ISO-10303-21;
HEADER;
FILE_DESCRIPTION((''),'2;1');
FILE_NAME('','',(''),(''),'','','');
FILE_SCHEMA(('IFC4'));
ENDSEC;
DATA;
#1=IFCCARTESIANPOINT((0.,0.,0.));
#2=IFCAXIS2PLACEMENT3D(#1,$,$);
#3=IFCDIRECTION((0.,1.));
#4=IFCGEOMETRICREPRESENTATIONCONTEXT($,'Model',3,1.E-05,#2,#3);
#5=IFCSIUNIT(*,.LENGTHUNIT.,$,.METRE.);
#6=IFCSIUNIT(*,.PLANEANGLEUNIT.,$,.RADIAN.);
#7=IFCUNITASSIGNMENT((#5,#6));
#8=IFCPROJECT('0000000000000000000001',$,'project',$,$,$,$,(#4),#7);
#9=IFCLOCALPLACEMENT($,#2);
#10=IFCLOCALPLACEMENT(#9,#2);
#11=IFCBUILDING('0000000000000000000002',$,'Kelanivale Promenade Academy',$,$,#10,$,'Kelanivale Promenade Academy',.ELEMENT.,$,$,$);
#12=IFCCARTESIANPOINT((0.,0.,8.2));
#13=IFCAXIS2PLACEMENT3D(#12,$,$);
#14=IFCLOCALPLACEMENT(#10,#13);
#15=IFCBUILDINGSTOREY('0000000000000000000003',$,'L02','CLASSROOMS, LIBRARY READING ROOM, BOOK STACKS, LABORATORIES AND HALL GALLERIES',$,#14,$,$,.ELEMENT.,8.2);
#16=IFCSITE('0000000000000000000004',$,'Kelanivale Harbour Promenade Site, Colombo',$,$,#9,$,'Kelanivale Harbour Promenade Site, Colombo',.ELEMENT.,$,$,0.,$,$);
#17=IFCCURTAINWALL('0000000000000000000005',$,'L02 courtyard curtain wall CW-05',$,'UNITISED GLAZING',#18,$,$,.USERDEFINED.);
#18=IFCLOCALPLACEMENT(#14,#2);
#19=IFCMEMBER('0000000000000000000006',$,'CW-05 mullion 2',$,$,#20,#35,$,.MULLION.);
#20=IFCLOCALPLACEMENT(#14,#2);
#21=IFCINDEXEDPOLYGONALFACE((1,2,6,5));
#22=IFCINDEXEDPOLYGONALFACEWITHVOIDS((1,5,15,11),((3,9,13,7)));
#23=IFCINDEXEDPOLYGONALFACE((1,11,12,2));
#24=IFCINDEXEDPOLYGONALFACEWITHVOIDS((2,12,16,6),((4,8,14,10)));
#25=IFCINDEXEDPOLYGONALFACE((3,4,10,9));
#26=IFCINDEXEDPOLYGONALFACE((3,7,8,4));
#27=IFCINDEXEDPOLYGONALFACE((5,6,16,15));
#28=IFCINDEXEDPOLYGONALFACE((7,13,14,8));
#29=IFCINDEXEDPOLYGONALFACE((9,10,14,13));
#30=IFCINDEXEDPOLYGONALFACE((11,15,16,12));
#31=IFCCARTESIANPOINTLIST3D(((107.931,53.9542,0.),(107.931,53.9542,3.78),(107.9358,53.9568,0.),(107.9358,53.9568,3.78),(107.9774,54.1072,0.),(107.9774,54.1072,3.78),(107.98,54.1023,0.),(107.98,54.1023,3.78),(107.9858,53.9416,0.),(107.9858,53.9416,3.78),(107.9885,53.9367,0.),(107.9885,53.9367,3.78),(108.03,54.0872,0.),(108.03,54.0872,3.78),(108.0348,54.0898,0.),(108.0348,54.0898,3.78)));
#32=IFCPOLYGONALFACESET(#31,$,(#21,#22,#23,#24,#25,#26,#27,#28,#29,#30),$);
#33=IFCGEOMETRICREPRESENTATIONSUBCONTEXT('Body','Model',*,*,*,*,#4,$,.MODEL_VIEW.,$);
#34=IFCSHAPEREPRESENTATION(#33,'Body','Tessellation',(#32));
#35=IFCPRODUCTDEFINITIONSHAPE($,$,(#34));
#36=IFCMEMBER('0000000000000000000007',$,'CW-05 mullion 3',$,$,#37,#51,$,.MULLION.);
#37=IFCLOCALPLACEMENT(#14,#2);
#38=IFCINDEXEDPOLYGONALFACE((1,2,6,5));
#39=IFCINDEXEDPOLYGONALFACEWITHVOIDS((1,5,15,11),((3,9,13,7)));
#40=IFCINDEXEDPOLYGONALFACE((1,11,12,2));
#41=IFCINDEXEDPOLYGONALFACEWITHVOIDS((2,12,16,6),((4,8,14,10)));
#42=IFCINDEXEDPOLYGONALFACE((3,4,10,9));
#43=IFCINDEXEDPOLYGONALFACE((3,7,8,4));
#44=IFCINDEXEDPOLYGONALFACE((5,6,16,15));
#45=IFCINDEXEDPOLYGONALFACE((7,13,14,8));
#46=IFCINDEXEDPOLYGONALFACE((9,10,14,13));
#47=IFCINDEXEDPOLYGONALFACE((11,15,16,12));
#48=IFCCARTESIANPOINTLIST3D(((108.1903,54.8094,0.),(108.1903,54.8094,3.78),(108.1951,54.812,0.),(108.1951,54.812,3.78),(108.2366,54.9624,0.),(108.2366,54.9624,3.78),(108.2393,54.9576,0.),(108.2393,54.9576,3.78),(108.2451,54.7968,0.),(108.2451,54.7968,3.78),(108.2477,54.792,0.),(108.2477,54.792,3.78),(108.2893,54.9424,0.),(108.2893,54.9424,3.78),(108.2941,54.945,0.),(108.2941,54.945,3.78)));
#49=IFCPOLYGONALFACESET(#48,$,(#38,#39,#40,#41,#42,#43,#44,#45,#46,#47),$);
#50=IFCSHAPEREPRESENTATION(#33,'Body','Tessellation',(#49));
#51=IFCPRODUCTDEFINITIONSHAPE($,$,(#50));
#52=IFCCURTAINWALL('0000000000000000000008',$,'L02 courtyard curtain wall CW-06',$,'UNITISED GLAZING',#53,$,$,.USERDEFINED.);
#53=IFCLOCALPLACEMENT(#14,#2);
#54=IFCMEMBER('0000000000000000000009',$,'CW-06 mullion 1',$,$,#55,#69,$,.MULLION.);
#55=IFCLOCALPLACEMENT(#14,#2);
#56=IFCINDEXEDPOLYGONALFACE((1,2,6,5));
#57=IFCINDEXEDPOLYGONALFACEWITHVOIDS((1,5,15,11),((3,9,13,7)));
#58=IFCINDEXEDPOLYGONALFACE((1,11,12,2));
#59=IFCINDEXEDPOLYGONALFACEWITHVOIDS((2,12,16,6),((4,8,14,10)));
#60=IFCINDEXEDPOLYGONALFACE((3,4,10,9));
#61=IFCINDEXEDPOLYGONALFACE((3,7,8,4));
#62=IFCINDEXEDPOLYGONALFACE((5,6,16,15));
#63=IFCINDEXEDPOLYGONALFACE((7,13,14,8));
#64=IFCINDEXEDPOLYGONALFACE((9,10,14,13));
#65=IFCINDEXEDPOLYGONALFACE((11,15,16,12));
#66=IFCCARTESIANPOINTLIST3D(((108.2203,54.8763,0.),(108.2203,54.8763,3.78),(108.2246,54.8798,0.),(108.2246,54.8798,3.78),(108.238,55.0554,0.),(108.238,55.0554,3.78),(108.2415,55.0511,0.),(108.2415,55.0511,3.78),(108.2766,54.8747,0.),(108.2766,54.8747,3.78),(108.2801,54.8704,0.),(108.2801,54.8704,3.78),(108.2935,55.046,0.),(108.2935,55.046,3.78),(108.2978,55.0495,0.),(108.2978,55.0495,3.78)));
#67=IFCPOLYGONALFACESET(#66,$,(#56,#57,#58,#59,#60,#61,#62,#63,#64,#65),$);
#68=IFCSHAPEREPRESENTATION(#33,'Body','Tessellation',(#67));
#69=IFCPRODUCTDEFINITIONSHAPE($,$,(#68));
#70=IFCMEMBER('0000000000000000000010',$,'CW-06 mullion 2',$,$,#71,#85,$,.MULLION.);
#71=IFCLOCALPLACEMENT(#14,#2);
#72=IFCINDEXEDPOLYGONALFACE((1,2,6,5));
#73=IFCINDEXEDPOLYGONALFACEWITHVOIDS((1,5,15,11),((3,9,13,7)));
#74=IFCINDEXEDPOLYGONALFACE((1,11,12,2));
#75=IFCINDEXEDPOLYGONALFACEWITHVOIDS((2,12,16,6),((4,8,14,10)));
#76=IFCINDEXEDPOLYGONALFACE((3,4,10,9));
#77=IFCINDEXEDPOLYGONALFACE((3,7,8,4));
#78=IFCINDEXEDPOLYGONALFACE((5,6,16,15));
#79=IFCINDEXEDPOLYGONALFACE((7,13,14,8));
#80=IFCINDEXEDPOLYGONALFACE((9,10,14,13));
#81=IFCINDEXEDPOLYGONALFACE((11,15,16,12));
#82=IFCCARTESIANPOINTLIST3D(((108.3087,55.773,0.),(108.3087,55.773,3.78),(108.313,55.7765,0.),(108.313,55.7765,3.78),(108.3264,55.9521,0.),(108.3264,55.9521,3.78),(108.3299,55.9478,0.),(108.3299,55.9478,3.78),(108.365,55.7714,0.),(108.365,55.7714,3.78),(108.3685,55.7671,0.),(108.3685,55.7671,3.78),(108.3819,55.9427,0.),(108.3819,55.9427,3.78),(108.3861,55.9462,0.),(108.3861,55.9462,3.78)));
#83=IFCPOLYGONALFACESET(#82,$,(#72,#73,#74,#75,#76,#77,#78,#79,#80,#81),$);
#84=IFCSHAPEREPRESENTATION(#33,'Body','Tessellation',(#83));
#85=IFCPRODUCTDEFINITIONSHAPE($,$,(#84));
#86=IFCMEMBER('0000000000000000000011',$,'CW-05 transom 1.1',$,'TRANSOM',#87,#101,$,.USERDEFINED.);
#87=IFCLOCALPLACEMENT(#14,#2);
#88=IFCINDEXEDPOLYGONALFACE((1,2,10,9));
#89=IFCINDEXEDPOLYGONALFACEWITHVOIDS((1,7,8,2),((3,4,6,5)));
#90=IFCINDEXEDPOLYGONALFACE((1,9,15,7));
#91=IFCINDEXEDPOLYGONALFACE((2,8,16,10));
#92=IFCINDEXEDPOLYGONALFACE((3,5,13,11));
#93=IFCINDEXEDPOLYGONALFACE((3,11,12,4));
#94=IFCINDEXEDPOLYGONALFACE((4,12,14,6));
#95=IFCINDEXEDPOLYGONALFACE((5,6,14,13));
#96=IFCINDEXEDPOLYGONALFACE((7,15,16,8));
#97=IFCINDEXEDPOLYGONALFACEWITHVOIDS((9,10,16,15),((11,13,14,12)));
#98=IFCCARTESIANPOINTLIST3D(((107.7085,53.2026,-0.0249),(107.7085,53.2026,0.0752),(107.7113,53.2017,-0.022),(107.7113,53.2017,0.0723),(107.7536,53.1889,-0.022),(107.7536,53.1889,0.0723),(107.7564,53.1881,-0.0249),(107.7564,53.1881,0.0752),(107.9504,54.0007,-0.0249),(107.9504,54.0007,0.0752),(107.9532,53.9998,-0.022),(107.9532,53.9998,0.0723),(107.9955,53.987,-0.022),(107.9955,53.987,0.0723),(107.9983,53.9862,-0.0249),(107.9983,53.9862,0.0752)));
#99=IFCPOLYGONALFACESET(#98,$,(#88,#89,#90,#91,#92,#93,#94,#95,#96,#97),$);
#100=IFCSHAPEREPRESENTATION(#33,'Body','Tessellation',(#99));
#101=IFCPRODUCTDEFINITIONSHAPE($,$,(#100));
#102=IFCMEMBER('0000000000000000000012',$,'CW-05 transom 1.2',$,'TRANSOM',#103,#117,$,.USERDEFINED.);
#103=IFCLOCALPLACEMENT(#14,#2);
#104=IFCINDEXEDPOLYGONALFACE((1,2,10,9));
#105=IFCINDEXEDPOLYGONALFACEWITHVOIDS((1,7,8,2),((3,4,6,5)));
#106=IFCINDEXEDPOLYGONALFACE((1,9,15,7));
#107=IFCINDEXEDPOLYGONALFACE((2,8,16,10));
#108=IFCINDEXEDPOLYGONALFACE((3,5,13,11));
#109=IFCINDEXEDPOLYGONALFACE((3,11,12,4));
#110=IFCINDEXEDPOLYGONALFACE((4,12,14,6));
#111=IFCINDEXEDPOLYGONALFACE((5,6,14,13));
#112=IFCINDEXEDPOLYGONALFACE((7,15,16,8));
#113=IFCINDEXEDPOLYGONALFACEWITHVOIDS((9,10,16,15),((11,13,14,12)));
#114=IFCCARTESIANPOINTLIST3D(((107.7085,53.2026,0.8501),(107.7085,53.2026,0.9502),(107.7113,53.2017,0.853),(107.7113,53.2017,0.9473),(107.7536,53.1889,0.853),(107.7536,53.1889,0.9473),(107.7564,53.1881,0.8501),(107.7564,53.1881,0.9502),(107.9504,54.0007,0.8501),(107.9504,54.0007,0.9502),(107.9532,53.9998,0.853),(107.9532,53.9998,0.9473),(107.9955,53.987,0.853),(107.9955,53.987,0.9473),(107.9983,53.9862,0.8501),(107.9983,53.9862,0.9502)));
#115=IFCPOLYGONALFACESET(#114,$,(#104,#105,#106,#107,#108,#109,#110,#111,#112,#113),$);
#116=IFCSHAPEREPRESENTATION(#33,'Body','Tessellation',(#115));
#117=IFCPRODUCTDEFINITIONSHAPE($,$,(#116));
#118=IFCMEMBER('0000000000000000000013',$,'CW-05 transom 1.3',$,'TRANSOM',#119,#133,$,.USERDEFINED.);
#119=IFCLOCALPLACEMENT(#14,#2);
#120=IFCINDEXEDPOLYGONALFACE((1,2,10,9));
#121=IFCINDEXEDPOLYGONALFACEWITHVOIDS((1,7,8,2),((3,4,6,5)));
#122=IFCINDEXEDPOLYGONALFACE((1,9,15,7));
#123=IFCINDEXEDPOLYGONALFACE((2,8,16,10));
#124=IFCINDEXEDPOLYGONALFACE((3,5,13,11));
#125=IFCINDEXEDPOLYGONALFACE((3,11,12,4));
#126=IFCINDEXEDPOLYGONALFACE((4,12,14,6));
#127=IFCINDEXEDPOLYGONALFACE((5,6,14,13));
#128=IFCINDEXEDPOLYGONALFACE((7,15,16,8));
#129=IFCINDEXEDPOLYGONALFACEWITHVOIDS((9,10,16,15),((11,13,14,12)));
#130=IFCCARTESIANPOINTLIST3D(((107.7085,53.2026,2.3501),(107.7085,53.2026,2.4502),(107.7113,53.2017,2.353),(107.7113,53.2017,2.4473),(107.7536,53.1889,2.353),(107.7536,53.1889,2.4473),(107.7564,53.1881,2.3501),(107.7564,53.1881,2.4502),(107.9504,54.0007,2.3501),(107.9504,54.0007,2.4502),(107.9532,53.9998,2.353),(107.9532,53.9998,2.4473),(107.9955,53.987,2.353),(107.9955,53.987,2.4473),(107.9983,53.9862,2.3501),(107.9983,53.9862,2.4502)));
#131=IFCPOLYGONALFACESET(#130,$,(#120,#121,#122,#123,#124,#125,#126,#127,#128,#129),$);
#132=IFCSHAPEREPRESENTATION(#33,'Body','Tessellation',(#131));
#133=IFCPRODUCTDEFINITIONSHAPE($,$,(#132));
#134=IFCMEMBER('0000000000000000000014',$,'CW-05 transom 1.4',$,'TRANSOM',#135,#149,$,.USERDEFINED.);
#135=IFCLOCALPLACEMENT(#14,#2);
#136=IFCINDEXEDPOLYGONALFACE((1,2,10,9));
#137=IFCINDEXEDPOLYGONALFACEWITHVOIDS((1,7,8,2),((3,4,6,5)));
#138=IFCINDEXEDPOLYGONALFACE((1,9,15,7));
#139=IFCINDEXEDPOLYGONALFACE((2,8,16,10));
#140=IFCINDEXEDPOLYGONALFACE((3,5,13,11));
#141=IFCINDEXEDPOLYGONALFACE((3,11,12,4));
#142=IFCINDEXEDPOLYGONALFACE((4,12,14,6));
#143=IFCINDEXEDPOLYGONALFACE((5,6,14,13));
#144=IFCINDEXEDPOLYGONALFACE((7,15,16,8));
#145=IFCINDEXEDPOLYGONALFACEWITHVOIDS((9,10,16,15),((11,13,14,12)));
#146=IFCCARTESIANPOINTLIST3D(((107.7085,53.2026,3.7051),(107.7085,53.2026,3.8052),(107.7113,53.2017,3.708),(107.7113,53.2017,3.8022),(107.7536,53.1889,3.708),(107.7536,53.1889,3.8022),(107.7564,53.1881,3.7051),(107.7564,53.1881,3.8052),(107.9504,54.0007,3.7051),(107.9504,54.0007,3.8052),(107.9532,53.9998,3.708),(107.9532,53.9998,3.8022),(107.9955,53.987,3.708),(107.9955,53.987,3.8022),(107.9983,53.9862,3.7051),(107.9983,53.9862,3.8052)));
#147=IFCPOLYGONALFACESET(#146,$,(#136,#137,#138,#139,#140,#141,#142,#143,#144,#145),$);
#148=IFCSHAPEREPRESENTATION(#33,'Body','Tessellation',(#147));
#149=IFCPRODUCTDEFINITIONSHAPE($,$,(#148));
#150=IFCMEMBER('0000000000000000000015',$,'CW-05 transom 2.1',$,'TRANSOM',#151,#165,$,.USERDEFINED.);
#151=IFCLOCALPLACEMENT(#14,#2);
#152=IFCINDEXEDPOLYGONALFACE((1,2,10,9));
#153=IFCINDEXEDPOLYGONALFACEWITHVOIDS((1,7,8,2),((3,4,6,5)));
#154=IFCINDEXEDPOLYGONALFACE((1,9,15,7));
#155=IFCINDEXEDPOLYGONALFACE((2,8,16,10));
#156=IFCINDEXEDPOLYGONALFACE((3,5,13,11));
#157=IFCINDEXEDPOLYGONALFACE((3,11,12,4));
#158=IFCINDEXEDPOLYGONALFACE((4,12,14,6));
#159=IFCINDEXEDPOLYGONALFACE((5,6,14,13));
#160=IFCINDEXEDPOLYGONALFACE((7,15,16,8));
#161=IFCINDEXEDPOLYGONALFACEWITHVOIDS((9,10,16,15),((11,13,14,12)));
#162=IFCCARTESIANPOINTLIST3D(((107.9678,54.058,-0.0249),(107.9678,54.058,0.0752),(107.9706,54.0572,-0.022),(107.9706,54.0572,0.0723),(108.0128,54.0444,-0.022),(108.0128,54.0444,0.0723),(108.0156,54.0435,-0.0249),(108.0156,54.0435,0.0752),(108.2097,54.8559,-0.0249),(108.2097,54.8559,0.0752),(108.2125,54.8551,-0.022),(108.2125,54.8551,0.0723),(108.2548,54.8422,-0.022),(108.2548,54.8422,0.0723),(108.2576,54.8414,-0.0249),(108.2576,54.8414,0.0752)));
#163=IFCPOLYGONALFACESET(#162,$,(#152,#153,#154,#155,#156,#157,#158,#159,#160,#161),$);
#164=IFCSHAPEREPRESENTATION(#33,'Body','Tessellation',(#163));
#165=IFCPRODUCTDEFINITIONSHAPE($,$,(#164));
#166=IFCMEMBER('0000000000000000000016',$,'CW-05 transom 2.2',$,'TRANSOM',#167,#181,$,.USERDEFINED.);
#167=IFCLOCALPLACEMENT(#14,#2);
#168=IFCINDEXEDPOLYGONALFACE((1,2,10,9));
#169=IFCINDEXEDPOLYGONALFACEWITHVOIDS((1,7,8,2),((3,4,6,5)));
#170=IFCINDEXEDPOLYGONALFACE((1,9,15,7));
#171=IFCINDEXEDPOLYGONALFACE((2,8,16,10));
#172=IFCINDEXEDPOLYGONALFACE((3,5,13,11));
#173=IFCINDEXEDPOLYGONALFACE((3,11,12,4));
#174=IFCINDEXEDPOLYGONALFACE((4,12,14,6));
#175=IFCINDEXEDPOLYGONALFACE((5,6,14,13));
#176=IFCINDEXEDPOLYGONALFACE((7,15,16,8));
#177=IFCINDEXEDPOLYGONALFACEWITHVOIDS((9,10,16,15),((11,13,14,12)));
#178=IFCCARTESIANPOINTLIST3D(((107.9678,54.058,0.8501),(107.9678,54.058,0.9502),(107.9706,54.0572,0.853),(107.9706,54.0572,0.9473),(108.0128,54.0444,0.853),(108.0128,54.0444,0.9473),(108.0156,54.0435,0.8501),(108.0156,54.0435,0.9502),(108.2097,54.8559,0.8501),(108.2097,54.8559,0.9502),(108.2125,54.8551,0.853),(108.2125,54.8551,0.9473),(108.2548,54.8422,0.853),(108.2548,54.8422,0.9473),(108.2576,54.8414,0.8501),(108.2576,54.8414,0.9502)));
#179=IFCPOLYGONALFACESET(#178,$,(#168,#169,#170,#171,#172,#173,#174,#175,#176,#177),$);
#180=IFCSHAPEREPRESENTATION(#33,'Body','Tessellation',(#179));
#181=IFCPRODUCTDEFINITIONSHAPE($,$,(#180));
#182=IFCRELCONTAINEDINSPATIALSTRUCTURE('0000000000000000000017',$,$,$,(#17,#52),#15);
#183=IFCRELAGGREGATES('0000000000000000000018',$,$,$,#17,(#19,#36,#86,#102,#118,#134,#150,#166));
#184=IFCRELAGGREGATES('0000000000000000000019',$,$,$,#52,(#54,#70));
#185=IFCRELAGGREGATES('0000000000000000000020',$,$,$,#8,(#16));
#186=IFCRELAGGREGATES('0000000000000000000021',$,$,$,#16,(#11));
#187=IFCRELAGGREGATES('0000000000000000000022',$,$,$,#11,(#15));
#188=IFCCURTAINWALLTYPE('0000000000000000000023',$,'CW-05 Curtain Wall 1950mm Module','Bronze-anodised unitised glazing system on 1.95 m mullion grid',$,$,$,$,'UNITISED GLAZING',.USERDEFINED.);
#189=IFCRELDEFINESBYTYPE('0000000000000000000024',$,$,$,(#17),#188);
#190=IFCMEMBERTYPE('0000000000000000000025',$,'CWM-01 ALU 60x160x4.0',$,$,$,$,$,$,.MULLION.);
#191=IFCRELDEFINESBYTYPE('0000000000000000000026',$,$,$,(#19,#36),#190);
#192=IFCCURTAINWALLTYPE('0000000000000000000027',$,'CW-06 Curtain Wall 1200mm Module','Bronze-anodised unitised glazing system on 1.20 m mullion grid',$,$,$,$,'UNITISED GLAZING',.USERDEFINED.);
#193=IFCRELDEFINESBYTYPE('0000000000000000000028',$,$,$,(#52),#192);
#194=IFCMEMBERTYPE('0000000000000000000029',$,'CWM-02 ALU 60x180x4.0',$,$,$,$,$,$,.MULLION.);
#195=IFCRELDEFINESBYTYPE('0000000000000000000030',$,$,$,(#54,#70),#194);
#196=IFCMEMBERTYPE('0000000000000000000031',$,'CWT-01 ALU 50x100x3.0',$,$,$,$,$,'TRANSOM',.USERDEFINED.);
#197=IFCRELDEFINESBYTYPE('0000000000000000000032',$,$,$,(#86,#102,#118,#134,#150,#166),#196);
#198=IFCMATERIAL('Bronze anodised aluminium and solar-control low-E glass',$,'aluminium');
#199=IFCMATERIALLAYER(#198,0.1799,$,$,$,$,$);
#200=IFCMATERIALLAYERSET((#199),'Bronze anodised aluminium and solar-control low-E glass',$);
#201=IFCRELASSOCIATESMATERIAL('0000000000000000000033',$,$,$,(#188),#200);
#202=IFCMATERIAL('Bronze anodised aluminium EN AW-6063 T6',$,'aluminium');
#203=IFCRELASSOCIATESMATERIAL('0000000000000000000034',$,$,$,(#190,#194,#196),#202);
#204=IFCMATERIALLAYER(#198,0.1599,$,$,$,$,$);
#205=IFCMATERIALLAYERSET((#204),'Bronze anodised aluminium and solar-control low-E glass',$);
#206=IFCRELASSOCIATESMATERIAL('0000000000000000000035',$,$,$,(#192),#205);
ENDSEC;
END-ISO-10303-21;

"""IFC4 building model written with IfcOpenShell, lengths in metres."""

from ifc_helpers import new_model, si_unit, direction, frame, origin, origin_2d, place, context, subcontext, project, spatial, hollow_rectangle, extrude, material, layer, layer_set, material_profile, profile_set, type_object, element, aggregate, save


model = new_model("IFC4")

# Units and contexts
model_context = context("Model", 3, precision=1e-05, world=origin(), true_north=direction((0.0, 1.0)))
body_context = subcontext(model_context, "Body", "Model", "MODEL_VIEW")
ifc_project = project(units=[si_unit("LENGTHUNIT", "METRE"), si_unit("PLANEANGLEUNIT", "RADIAN")], contexts=[model_context])

# Site, building, storey
site_placement = place(None, origin())
site = spatial("IfcSite", under=ifc_project, at=site_placement, Name="Kelanivale Harbour Promenade Site, Colombo", LongName="Kelanivale Harbour Promenade Site, Colombo", CompositionType="ELEMENT", RefElevation=0.0)
building_placement = place(site_placement, origin())
building = spatial("IfcBuilding", under=site, at=building_placement, Name="Kelanivale Promenade Academy", LongName="Kelanivale Promenade Academy", CompositionType="ELEMENT")
storey_placement = place(building_placement, frame((0.0, 0.0, 8.2)))
storey = spatial("IfcBuildingStorey", under=building, at=storey_placement, Name="L02", Description="CLASSROOMS, LIBRARY READING ROOM, BOOK STACKS, LABORATORIES AND HALL GALLERIES", CompositionType="ELEMENT", Elevation=8.2)

# Curtain walls, members
ifc_material_1 = material(Name="Bronze anodised aluminium and solar-control low-E glass", Category="aluminium")
ifc_layer_1 = layer(ifc_material_1, 0.1799)
ifc_layer_set_1 = layer_set([ifc_layer_1], Name="Bronze anodised aluminium and solar-control low-E glass")
curtain_wall_type_1 = type_object("IfcCurtainWallType", Name="CW-05 Curtain Wall 1950mm Module", Description="Bronze-anodised unitised glazing system on 1.95 m mullion grid", ElementType="UNITISED GLAZING", PredefinedType="USERDEFINED", material=ifc_layer_set_1)
curtain_wall_1_placement = place(storey_placement, origin())
curtain_wall_1 = element("IfcCurtainWall", 1, at=curtain_wall_1_placement, inside=storey, type_object=curtain_wall_type_1, Name="L02 courtyard curtain wall CW-05", ObjectType="UNITISED GLAZING", PredefinedType="USERDEFINED")
ifc_material_2 = material(Name="Bronze anodised aluminium EN AW-6063 T6", Category="aluminium")
ifc_material_profile_1 = material_profile(ifc_material_2, hollow_rectangle(XDim=0.0601, YDim=0.1599, WallThickness=0.0039, at=origin_2d()), Name="ALU 60x160x4.0")
ifc_profile_set_1 = profile_set([ifc_material_profile_1], Name="Bronze anodised aluminium EN AW-6063 T6")
member_type_1 = type_object("IfcMemberType", Name="CWM-01 ALU 60x160x4.0", PredefinedType="MULLION", material=ifc_profile_set_1)
member_1_placement = place(storey_placement, frame((107.9829, 54.022, 0.0), z_axis=(0.0, 0.0, 1.0), x_axis=(-0.956988, 0.290128, 0.0)))
member_1 = element("IfcMember", 2, at=member_1_placement, type_object=member_type_1, Name="CW-05 mullion 2", PredefinedType="MULLION", context=body_context, shape_type="SweptSolid", body=[
    extrude(hollow_rectangle(XDim=0.0601, YDim=0.1599, WallThickness=0.0039, at=origin_2d()), origin(), (0.0, 0.0, 1.0), 3.78),
])
member_2_placement = place(storey_placement, frame((108.2422, 54.8772, 0.0), z_axis=(0.0, 0.0, 1.0), x_axis=(-0.956988, 0.290128, 0.0)))
member_2 = element("IfcMember", 3, at=member_2_placement, type_object=member_type_1, Name="CW-05 mullion 3", PredefinedType="MULLION", context=body_context, shape_type="SweptSolid", body=[
    extrude(hollow_rectangle(XDim=0.0601, YDim=0.1599, WallThickness=0.0039, at=origin_2d()), origin(), (0.0, 0.0, 1.0), 3.78),
])
ifc_layer_2 = layer(ifc_material_1, 0.1599)
ifc_layer_set_2 = layer_set([ifc_layer_2], Name="Bronze anodised aluminium and solar-control low-E glass")
curtain_wall_type_2 = type_object("IfcCurtainWallType", Name="CW-06 Curtain Wall 1200mm Module", Description="Bronze-anodised unitised glazing system on 1.20 m mullion grid", ElementType="UNITISED GLAZING", PredefinedType="USERDEFINED", material=ifc_layer_set_2)
curtain_wall_2_placement = place(storey_placement, origin())
curtain_wall_2 = element("IfcCurtainWall", 4, at=curtain_wall_2_placement, inside=storey, type_object=curtain_wall_type_2, Name="L02 courtyard curtain wall CW-06", ObjectType="UNITISED GLAZING", PredefinedType="USERDEFINED")
ifc_material_profile_2 = material_profile(ifc_material_2, hollow_rectangle(XDim=0.0601, YDim=0.1799, WallThickness=0.0039, at=origin_2d()), Name="ALU 60x180x4.0")
ifc_profile_set_2 = profile_set([ifc_material_profile_2], Name="Bronze anodised aluminium EN AW-6063 T6")
member_type_2 = type_object("IfcMemberType", Name="CWM-02 ALU 60x180x4.0", PredefinedType="MULLION", material=ifc_profile_set_2)
member_3_placement = place(storey_placement, frame((108.259, 54.9629, 0.0), z_axis=(0.0, 0.0, 1.0), x_axis=(-0.995159, 0.098281, 0.0)))
member_3 = element("IfcMember", 5, at=member_3_placement, type_object=member_type_2, Name="CW-06 mullion 1", PredefinedType="MULLION", context=body_context, shape_type="SweptSolid", body=[
    extrude(hollow_rectangle(XDim=0.0601, YDim=0.1799, WallThickness=0.0039, at=origin_2d()), origin(), (0.0, 0.0, 1.0), 3.78),
])
member_4_placement = place(storey_placement, frame((108.3474, 55.8596, 0.0), z_axis=(0.0, 0.0, 1.0), x_axis=(-0.995159, 0.098281, 0.0)))
member_4 = element("IfcMember", 6, at=member_4_placement, type_object=member_type_2, Name="CW-06 mullion 2", PredefinedType="MULLION", context=body_context, shape_type="SweptSolid", body=[
    extrude(hollow_rectangle(XDim=0.0601, YDim=0.1799, WallThickness=0.0039, at=origin_2d()), origin(), (0.0, 0.0, 1.0), 3.78),
])

# Members
ifc_material_profile_3 = material_profile(ifc_material_2, hollow_rectangle(XDim=0.05, YDim=0.1001, WallThickness=0.0029, at=origin_2d()), Name="ALU 50x100x3.0")
ifc_profile_set_3 = profile_set([ifc_material_profile_3], Name="Bronze anodised aluminium EN AW-6063 T6")
member_type_3 = type_object("IfcMemberType", Name="CWT-01 ALU 50x100x3.0", ElementType="TRANSOM", PredefinedType="USERDEFINED", material=ifc_profile_set_3)
member_5_placement = place(storey_placement, frame((107.7324, 53.1953, 0.0251), z_axis=(0.290113, 0.956992, 0.0), x_axis=(-0.956992, 0.290113, 0.0)))
member_5 = element("IfcMember", 7, at=member_5_placement, type_object=member_type_3, Name="CW-05 transom 1.1", ObjectType="TRANSOM", PredefinedType="USERDEFINED", context=body_context, shape_type="SweptSolid", body=[
    extrude(hollow_rectangle(XDim=0.05, YDim=0.1001, WallThickness=0.0029, at=origin_2d()), origin(), (0.0, 0.0, 1.0), 0.834),
])
member_6_placement = place(storey_placement, frame((107.7324, 53.1953, 0.9001), z_axis=(0.290113, 0.956992, 0.0), x_axis=(-0.956992, 0.290113, 0.0)))
member_6 = element("IfcMember", 8, at=member_6_placement, type_object=member_type_3, Name="CW-05 transom 1.2", ObjectType="TRANSOM", PredefinedType="USERDEFINED", context=body_context, shape_type="SweptSolid", body=[
    extrude(hollow_rectangle(XDim=0.05, YDim=0.1001, WallThickness=0.0029, at=origin_2d()), origin(), (0.0, 0.0, 1.0), 0.834),
])
member_7_placement = place(storey_placement, frame((107.7324, 53.1953, 2.4001), z_axis=(0.290113, 0.956992, 0.0), x_axis=(-0.956992, 0.290113, 0.0)))
member_7 = element("IfcMember", 9, at=member_7_placement, type_object=member_type_3, Name="CW-05 transom 1.3", ObjectType="TRANSOM", PredefinedType="USERDEFINED", context=body_context, shape_type="SweptSolid", body=[
    extrude(hollow_rectangle(XDim=0.05, YDim=0.1001, WallThickness=0.0029, at=origin_2d()), origin(), (0.0, 0.0, 1.0), 0.834),
])
member_8_placement = place(storey_placement, frame((107.7324, 53.1953, 3.7551), z_axis=(0.290113, 0.956992, 0.0), x_axis=(-0.956992, 0.290113, 0.0)))
member_8 = element("IfcMember", 10, at=member_8_placement, type_object=member_type_3, Name="CW-05 transom 1.4", ObjectType="TRANSOM", PredefinedType="USERDEFINED", context=body_context, shape_type="SweptSolid", body=[
    extrude(hollow_rectangle(XDim=0.05, YDim=0.1001, WallThickness=0.0029, at=origin_2d()), origin(), (0.0, 0.0, 1.0), 0.834),
])
member_9_placement = place(storey_placement, frame((107.9917, 54.0508, 0.0251), z_axis=(0.290194, 0.956968, 0.0), x_axis=(-0.956968, 0.290194, 0.0)))
member_9 = element("IfcMember", 11, at=member_9_placement, type_object=member_type_3, Name="CW-05 transom 2.1", ObjectType="TRANSOM", PredefinedType="USERDEFINED", context=body_context, shape_type="SweptSolid", body=[
    extrude(hollow_rectangle(XDim=0.05, YDim=0.1001, WallThickness=0.0029, at=origin_2d()), origin(), (0.0, 0.0, 1.0), 0.8337),
])
member_10_placement = place(storey_placement, frame((107.9917, 54.0508, 0.9001), z_axis=(0.290194, 0.956968, 0.0), x_axis=(-0.956968, 0.290194, 0.0)))
member_10 = element("IfcMember", 12, at=member_10_placement, type_object=member_type_3, Name="CW-05 transom 2.2", ObjectType="TRANSOM", PredefinedType="USERDEFINED", context=body_context, shape_type="SweptSolid", body=[
    extrude(hollow_rectangle(XDim=0.05, YDim=0.1001, WallThickness=0.0029, at=origin_2d()), origin(), (0.0, 0.0, 1.0), 0.8337),
])

aggregate(curtain_wall_1, [member_1, member_2, member_5, member_6, member_7, member_8, member_9, member_10])
aggregate(curtain_wall_2, [member_3, member_4])

save(model, "model.ifc")
